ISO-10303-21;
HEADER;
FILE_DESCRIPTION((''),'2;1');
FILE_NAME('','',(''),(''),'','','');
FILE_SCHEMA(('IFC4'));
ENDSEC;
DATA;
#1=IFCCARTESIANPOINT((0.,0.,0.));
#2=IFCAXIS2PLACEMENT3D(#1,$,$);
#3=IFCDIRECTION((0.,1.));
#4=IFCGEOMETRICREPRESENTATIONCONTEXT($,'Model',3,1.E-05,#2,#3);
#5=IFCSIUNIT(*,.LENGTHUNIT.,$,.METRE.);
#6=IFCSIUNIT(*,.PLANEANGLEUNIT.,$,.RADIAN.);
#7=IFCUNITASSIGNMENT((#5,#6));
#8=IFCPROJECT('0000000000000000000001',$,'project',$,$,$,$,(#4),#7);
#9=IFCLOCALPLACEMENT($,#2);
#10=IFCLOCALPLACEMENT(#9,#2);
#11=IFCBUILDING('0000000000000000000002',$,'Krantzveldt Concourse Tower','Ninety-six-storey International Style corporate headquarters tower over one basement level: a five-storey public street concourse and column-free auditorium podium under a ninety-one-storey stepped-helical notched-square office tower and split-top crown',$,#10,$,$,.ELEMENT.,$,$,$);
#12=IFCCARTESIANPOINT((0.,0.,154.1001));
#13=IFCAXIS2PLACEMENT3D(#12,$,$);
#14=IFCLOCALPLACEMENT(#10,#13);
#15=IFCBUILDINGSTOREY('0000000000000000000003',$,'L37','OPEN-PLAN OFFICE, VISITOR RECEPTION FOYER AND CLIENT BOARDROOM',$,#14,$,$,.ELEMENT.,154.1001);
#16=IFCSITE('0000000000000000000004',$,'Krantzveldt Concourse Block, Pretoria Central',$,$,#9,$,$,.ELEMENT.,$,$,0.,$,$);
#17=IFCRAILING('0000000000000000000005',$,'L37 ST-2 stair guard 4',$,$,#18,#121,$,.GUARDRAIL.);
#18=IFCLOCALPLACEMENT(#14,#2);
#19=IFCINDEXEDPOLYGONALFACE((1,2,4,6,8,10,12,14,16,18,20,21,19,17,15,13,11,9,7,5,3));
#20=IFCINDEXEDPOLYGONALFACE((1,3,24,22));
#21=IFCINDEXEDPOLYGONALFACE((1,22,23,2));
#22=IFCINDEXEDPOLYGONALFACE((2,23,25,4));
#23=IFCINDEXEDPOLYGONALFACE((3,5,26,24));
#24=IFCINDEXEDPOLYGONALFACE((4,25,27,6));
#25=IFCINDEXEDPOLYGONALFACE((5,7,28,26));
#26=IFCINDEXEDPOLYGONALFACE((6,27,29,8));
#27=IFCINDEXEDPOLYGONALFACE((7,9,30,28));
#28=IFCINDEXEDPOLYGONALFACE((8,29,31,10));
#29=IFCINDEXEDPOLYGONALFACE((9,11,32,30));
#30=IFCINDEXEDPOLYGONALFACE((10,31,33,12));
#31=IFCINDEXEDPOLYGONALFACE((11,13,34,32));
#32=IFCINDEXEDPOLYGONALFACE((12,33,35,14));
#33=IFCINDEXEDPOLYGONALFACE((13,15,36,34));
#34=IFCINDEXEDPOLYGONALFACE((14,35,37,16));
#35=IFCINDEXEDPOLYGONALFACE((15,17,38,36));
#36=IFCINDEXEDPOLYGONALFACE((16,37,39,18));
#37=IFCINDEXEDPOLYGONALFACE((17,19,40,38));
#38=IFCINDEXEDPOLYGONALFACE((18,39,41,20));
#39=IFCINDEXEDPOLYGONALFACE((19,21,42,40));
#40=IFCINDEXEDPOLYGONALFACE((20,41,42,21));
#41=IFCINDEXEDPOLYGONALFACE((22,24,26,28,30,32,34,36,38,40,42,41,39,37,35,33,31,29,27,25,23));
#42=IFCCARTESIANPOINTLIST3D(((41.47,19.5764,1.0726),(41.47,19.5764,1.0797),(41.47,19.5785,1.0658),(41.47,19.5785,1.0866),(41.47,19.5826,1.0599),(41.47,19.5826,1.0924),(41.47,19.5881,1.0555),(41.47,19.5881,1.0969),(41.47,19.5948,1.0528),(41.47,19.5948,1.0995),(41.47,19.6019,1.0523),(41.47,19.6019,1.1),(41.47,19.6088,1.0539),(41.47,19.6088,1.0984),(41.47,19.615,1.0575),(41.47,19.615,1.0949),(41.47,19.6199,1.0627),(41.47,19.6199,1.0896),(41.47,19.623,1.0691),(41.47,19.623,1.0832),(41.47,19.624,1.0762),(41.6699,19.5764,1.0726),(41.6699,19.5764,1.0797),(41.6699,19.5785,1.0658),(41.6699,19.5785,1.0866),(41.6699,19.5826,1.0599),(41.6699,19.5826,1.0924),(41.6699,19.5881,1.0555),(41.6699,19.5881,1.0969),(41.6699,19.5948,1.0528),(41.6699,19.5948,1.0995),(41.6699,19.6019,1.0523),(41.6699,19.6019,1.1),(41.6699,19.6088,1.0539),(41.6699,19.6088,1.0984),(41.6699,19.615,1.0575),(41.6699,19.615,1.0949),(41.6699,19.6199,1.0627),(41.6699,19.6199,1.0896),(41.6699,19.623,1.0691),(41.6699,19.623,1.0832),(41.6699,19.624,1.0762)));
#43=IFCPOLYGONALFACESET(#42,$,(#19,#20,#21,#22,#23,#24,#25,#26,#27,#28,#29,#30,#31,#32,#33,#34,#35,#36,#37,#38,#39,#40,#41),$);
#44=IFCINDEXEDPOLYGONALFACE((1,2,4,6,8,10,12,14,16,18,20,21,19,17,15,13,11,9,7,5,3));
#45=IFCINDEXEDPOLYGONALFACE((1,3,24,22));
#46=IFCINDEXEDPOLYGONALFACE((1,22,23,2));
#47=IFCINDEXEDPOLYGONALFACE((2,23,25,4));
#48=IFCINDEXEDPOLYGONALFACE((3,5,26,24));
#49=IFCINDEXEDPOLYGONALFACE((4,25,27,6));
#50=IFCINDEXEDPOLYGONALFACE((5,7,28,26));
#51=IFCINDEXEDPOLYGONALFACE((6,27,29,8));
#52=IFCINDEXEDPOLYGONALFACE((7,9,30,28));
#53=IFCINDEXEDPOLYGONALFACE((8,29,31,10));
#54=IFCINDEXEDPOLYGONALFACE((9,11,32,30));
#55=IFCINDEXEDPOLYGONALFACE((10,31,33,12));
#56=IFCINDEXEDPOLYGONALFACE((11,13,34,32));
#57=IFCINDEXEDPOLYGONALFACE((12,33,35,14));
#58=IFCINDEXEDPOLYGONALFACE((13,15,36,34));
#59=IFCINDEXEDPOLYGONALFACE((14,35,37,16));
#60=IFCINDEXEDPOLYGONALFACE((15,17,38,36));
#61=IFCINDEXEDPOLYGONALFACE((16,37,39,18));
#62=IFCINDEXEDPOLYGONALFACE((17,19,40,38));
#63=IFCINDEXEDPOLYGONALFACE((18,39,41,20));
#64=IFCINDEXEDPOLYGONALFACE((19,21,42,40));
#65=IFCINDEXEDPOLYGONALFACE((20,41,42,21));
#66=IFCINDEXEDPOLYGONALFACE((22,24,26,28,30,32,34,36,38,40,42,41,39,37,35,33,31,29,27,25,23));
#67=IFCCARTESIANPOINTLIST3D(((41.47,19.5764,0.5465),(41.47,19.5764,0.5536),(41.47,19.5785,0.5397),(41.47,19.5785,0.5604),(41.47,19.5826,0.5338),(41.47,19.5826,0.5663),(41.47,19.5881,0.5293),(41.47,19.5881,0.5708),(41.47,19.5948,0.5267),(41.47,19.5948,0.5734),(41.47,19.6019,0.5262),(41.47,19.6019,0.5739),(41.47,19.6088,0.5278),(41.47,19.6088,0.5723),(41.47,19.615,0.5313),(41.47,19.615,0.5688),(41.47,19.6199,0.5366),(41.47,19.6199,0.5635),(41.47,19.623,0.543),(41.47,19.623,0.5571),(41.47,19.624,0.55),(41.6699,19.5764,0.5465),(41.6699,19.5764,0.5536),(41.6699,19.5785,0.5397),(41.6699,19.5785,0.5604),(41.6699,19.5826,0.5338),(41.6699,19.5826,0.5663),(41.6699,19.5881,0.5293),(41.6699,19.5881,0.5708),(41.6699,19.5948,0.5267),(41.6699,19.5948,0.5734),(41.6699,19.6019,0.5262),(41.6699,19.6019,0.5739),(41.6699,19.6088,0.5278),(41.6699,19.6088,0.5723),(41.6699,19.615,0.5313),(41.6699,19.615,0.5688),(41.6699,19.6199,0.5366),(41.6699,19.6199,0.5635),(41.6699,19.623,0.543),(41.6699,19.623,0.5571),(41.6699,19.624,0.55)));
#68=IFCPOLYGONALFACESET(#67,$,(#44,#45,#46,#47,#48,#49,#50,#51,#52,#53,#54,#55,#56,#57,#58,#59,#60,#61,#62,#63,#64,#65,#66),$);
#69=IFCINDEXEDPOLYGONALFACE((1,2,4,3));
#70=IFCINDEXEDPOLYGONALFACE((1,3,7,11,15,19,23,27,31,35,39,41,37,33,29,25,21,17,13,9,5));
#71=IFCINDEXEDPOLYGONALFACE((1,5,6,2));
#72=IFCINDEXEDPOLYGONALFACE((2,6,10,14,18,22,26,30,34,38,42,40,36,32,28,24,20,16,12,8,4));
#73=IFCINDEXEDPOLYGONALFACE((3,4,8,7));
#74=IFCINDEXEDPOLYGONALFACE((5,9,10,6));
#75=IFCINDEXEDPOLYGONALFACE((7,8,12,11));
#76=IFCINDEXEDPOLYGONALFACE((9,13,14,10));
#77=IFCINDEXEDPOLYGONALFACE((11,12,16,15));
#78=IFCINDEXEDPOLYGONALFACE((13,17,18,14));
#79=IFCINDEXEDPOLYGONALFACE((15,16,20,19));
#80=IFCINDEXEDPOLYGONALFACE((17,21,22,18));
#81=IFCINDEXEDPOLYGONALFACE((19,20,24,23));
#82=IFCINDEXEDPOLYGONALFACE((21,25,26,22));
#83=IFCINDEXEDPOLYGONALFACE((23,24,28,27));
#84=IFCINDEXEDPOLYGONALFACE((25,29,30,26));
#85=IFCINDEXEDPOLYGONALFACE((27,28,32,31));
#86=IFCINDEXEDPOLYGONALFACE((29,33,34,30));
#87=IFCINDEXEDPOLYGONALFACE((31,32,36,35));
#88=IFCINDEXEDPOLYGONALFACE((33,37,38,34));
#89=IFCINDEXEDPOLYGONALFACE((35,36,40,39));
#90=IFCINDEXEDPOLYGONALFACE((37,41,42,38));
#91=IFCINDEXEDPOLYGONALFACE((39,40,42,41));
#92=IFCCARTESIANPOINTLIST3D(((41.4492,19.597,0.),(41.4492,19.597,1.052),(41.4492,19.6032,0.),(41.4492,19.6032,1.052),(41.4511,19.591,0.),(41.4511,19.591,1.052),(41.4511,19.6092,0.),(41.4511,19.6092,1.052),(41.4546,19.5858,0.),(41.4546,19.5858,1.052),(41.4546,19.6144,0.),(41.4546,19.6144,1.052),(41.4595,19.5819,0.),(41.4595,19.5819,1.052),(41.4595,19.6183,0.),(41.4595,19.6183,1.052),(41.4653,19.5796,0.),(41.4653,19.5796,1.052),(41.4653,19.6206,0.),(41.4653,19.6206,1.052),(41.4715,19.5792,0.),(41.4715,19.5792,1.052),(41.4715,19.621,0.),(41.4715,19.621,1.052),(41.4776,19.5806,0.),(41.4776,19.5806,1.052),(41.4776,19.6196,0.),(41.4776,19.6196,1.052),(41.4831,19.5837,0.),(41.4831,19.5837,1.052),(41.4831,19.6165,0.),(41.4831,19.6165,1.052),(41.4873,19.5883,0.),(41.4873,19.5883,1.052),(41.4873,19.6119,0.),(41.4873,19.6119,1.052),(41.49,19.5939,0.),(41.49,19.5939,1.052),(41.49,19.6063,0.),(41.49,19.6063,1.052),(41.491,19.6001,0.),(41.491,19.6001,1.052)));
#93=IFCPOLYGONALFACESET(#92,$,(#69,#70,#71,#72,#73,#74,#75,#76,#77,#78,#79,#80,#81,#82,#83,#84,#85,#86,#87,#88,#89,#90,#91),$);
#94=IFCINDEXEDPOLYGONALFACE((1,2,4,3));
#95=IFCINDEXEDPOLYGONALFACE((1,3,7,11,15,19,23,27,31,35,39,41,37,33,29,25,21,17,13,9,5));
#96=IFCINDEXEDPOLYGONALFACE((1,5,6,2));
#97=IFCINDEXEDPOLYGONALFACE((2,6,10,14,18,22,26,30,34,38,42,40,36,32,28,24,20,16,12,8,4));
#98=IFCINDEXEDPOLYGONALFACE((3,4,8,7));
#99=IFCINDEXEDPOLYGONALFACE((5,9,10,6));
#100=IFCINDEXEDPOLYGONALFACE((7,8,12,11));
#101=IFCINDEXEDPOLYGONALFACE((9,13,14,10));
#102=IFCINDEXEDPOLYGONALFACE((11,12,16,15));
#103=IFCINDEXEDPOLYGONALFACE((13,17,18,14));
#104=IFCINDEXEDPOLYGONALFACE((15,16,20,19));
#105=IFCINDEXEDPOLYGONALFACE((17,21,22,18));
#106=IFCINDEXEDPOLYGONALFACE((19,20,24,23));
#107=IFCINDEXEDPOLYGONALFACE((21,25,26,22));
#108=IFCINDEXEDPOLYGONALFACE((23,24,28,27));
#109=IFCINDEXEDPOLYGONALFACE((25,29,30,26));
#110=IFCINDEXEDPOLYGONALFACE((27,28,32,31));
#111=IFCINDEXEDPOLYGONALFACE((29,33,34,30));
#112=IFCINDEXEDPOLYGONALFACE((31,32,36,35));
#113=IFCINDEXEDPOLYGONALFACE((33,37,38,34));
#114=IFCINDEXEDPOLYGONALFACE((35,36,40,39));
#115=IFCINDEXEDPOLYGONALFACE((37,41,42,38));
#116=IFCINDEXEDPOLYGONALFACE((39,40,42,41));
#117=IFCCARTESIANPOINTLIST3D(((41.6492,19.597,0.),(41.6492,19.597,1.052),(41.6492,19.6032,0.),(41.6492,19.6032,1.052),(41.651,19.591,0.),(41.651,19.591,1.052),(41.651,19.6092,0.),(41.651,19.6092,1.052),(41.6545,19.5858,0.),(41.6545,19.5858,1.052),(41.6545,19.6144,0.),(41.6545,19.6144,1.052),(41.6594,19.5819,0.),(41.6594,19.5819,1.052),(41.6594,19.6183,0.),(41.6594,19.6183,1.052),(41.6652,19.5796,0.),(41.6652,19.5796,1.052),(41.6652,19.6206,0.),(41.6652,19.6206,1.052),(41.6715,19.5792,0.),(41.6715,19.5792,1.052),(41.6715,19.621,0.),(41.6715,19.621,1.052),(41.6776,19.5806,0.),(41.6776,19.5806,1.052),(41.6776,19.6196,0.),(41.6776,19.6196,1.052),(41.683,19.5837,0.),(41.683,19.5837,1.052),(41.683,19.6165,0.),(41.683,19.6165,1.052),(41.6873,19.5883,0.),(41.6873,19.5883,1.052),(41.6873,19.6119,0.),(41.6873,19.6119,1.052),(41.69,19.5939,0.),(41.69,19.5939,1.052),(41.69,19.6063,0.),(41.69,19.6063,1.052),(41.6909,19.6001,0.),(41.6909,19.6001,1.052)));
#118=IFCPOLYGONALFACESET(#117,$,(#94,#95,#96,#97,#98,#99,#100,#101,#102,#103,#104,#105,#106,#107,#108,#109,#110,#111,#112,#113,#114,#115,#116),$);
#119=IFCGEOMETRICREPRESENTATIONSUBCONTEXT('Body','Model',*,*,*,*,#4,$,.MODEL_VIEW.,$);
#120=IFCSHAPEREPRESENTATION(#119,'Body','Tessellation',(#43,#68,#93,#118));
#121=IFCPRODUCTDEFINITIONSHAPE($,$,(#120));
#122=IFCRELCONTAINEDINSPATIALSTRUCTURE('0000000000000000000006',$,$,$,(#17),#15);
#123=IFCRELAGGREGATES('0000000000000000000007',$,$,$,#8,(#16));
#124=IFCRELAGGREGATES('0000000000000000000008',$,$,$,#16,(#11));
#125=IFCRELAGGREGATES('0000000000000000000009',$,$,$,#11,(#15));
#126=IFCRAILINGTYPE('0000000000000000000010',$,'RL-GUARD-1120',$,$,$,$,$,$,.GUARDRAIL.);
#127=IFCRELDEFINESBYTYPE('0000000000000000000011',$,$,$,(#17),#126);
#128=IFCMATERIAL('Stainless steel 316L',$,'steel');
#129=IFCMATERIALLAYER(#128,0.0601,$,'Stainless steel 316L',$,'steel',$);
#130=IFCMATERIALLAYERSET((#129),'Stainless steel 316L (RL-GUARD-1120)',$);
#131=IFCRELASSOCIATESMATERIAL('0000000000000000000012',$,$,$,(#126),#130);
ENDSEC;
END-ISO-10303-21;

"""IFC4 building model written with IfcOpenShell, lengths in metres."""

from ifc_helpers import new_model, si_unit, direction, frame, origin, origin_2d, place, context, subcontext, project, spatial, circle, extrude, material, layer, layer_set, type_object, element, save


model = new_model("IFC4")

# Units and contexts
model_context = context("Model", 3, precision=1e-05, world=origin(), true_north=direction((0.0, 1.0)))
body_context = subcontext(model_context, "Body", "Model", "MODEL_VIEW")
ifc_project = project(units=[si_unit("LENGTHUNIT", "METRE"), si_unit("PLANEANGLEUNIT", "RADIAN")], contexts=[model_context])

# Site, building, storey
site_placement = place(None, origin())
site = spatial("IfcSite", under=ifc_project, at=site_placement, Name="Krantzveldt Concourse Block, Pretoria Central", CompositionType="ELEMENT", RefElevation=0.0)
building_placement = place(site_placement, origin())
building = spatial("IfcBuilding", under=site, at=building_placement, Name="Krantzveldt Concourse Tower", Description="Ninety-six-storey International Style corporate headquarters tower over one basement level: a five-storey public street concourse and column-free auditorium podium under a ninety-one-storey stepped-helical notched-square office tower and split-top crown", CompositionType="ELEMENT")
storey_placement = place(building_placement, frame((0.0, 0.0, 154.1001)))
storey = spatial("IfcBuildingStorey", under=building, at=storey_placement, Name="L37", Description="OPEN-PLAN OFFICE, VISITOR RECEPTION FOYER AND CLIENT BOARDROOM", CompositionType="ELEMENT", Elevation=154.1001)

# Shared definitions
ifc_material_1 = material(Name="Stainless steel 316L", Category="steel")

# Railing
ifc_layer_1 = layer(ifc_material_1, 0.0601, Name="Stainless steel 316L", Category="steel")
ifc_layer_set_1 = layer_set([ifc_layer_1], Name="Stainless steel 316L (RL-GUARD-1120)")
railing_type_1 = type_object("IfcRailingType", Name="RL-GUARD-1120", PredefinedType="GUARDRAIL", material=ifc_layer_set_1)
railing_1_placement = place(storey_placement, frame((41.47, 19.6001, 0.0)))
element("IfcRailing", 1, at=railing_1_placement, inside=storey, type_object=railing_type_1, Name="L37 ST-2 stair guard 4", PredefinedType="GUARDRAIL", context=body_context, shape_type="SweptSolid", body=[
    extrude(circle(Radius=0.0239, at=origin_2d()), frame((0.0, 0.0, 1.0762), z_axis=(1.0, 0.0, 0.0), x_axis=(0.0, 1.0, 0.0)), (0.0, 0.0, 1.0), 0.2),
    extrude(circle(Radius=0.0239, at=origin_2d()), frame((0.0, 0.0, 0.55), z_axis=(1.0, 0.0, 0.0), x_axis=(0.0, 1.0, 0.0)), (0.0, 0.0, 1.0), 0.2),
    extrude(circle(Radius=0.021, at=origin_2d()), origin(), (0.0, 0.0, 1.0), 1.052),
    extrude(circle(Radius=0.021, at=origin_2d()), frame((0.2, 0.0, 0.0)), (0.0, 0.0, 1.0), 1.052),
])

save(model, "model.ifc")
